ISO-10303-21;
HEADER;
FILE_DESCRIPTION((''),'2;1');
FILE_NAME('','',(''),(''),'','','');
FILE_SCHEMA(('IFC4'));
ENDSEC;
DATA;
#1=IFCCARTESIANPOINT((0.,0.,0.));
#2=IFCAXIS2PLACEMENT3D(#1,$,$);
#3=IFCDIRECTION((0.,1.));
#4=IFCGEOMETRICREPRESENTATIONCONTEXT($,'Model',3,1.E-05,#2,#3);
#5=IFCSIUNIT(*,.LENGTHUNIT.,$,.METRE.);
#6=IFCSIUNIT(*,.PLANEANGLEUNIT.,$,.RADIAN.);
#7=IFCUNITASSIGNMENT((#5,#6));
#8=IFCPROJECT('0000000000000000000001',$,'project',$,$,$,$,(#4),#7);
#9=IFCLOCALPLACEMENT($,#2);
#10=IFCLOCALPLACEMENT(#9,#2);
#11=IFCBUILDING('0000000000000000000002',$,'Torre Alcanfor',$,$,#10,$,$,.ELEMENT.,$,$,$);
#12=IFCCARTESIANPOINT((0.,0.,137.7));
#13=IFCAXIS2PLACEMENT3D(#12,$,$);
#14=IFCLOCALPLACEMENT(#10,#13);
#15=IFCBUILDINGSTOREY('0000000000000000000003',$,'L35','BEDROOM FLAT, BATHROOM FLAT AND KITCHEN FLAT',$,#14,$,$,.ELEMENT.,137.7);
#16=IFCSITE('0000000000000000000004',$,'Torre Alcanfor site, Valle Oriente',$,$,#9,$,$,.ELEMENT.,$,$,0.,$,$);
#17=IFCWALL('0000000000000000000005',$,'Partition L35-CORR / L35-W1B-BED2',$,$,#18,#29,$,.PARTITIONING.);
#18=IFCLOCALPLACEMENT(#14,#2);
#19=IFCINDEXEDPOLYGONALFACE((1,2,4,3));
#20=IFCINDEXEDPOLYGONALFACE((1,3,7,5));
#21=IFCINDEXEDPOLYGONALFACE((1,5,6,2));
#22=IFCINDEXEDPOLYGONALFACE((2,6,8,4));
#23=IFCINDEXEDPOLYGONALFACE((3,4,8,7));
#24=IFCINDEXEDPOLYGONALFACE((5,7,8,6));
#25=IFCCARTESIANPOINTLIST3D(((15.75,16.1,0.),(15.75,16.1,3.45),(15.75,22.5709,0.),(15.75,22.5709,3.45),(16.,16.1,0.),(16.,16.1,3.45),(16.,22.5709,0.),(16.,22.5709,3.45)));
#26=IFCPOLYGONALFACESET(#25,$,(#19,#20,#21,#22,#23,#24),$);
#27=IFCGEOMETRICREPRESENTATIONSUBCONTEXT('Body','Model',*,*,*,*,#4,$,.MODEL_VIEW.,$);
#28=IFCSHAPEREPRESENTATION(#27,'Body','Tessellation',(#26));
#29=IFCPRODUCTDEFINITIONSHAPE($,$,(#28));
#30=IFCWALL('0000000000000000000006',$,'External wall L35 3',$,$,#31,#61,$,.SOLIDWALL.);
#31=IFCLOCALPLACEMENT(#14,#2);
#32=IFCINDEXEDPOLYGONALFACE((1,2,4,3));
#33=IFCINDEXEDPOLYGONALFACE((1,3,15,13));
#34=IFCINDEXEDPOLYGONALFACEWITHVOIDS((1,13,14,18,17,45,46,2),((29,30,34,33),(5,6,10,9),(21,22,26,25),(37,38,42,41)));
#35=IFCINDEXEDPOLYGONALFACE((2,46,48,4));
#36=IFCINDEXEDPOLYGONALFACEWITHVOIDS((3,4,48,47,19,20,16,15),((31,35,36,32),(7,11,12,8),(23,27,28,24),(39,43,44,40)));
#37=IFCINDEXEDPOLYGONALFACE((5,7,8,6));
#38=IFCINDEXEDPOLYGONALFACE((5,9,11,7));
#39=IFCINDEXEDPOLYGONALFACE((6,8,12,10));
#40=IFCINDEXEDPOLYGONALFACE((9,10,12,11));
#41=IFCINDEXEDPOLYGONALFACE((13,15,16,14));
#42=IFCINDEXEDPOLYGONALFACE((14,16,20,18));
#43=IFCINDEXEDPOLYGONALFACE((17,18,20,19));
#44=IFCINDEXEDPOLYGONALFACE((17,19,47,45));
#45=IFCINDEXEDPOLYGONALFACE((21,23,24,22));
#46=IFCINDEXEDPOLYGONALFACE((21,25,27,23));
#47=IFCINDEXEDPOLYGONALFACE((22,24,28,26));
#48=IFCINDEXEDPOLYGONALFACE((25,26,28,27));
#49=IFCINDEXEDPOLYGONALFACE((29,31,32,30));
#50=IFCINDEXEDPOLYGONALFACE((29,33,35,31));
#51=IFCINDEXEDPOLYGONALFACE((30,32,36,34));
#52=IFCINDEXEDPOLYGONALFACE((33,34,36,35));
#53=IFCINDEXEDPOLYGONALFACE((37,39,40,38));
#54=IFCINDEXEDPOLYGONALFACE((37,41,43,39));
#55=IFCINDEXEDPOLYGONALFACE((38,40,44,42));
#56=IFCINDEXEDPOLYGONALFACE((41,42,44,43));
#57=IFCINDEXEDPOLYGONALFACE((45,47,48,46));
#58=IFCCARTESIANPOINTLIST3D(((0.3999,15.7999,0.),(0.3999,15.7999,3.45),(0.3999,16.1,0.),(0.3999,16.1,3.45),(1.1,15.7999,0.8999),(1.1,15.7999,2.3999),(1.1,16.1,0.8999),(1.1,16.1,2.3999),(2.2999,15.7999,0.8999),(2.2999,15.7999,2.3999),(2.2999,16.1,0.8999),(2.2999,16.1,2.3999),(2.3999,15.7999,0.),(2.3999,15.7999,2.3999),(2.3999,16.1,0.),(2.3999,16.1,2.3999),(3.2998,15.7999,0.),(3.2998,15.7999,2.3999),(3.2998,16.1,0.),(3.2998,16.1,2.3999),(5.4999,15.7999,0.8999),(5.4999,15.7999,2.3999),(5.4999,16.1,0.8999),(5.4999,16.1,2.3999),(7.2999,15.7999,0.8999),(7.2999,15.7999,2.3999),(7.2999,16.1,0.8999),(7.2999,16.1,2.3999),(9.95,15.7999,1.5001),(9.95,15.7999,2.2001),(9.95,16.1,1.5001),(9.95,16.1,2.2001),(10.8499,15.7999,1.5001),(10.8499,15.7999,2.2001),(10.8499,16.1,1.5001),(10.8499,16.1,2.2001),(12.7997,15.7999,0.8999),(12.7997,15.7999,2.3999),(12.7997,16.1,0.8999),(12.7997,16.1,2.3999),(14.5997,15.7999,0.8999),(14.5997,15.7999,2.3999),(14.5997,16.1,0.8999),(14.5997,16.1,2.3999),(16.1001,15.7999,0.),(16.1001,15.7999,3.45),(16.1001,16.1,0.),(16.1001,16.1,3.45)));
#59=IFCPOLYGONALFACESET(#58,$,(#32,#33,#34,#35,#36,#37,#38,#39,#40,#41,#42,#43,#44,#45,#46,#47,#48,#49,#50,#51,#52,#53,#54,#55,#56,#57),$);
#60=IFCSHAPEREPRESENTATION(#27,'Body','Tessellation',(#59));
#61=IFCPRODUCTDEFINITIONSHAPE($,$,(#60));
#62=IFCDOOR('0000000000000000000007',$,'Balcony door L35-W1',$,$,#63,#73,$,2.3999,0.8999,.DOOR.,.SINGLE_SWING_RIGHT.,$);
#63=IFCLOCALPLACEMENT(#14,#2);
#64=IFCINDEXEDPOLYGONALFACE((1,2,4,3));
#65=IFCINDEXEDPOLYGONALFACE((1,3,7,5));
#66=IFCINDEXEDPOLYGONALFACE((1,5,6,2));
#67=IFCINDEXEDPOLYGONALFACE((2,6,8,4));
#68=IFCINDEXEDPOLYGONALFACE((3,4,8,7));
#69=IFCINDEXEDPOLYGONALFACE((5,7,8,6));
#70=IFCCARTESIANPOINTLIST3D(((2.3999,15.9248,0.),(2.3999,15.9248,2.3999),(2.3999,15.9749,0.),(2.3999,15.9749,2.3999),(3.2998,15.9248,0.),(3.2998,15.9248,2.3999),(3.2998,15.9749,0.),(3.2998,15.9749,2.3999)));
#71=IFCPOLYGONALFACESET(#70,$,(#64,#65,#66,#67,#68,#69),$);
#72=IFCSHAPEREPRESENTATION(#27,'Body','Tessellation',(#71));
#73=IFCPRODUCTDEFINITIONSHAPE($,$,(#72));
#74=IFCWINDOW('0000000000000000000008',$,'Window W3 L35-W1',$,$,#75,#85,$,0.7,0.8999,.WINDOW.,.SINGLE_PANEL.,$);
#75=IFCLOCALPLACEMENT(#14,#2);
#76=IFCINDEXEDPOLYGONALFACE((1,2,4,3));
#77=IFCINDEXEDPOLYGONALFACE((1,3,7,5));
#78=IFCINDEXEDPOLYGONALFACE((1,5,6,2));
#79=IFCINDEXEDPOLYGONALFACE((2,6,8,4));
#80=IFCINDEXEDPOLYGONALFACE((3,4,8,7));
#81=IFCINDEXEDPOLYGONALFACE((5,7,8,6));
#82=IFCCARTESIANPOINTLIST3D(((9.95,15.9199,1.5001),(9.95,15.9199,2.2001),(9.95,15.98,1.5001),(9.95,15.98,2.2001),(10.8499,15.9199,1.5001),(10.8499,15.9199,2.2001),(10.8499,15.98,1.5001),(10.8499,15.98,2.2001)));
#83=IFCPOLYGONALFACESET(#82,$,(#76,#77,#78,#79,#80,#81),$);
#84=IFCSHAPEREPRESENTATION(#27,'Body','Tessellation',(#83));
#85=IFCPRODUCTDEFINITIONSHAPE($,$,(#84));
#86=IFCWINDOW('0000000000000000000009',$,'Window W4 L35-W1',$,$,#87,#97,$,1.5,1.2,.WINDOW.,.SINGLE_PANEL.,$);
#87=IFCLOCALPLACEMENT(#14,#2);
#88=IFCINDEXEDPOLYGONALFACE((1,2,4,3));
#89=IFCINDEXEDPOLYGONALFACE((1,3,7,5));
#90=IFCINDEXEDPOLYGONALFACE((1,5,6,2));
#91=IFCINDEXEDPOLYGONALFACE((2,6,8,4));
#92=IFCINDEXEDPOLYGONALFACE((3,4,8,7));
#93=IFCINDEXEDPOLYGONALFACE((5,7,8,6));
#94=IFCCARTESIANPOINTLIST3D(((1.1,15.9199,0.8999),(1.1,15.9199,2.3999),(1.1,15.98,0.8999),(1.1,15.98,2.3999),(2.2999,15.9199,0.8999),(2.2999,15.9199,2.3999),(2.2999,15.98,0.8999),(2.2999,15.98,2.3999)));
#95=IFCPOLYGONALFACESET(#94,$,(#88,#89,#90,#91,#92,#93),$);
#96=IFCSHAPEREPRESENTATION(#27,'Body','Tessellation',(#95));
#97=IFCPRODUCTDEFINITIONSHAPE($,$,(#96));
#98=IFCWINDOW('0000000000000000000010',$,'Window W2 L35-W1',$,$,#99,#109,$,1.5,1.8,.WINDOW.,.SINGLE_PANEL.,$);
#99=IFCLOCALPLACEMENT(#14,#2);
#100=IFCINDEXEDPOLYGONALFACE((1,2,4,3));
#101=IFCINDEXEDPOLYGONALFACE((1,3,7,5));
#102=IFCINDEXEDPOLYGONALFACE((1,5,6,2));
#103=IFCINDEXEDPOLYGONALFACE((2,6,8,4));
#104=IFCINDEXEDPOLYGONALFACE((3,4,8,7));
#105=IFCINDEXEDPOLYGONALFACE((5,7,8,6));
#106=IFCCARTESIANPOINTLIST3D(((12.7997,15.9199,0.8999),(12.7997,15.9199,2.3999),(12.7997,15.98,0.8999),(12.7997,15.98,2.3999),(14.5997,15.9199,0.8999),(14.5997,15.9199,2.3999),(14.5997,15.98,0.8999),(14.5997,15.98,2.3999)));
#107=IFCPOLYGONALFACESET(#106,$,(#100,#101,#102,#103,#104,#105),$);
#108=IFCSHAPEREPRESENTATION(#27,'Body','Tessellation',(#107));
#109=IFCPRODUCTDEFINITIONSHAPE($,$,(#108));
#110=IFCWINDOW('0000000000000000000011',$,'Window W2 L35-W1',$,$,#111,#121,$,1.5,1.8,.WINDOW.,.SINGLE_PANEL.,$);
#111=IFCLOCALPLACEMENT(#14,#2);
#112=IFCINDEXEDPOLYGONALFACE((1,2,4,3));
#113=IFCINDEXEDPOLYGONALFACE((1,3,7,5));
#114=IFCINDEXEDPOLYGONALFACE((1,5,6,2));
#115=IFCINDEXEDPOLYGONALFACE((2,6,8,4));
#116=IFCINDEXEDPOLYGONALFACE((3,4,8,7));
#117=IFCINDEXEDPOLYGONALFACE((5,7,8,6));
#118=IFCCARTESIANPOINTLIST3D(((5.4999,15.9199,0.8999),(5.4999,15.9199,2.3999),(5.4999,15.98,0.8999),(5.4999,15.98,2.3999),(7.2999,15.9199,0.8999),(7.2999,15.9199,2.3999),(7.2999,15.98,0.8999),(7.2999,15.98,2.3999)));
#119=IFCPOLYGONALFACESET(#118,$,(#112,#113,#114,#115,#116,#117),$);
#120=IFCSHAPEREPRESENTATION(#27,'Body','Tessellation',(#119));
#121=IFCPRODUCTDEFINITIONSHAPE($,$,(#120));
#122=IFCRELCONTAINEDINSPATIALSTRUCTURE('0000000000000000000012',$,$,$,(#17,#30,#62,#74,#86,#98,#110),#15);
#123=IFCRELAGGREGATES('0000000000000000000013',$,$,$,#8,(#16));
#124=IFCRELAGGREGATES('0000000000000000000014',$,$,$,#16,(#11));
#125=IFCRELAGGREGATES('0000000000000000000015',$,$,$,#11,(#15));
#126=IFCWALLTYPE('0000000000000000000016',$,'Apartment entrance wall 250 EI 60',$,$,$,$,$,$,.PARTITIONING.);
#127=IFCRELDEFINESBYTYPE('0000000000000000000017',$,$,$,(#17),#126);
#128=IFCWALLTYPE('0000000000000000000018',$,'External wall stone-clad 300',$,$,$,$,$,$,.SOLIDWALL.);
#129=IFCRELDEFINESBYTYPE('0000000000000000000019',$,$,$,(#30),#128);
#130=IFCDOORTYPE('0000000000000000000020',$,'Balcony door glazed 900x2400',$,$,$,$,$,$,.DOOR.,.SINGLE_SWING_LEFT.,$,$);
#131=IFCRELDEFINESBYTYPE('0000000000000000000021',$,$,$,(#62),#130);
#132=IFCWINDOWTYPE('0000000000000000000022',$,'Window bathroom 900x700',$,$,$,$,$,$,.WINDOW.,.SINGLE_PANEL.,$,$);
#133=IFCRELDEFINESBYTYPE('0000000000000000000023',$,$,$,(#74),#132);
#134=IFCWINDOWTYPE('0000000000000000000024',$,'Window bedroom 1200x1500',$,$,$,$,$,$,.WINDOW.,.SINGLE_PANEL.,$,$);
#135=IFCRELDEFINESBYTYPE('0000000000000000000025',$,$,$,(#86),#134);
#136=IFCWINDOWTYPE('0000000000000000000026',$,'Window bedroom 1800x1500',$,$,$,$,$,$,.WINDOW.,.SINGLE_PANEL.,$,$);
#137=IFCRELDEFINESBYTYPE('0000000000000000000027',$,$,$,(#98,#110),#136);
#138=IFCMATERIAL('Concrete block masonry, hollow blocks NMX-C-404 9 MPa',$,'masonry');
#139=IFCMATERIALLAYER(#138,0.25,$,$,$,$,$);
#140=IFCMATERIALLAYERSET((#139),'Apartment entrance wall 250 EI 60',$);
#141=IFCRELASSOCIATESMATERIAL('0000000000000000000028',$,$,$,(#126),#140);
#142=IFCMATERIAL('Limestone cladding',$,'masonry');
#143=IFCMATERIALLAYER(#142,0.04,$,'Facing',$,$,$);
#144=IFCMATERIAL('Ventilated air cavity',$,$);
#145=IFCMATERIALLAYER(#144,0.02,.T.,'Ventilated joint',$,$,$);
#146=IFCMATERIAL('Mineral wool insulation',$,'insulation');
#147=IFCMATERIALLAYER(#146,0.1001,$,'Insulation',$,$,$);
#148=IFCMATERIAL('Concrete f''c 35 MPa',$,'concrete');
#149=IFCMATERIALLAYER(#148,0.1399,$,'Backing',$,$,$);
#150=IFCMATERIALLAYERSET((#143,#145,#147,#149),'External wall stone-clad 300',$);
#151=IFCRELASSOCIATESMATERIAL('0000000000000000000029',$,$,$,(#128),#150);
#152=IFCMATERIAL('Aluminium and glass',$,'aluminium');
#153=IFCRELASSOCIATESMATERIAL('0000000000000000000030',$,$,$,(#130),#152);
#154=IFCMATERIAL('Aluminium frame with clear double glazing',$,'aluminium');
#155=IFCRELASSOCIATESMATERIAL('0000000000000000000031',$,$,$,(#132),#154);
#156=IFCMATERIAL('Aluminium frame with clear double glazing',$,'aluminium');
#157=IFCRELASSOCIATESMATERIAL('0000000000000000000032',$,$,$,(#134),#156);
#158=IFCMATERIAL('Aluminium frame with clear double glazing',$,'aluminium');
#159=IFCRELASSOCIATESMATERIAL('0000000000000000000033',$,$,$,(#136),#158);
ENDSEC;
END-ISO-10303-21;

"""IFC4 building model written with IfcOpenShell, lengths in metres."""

from ifc_helpers import new_model, si_unit, direction, frame, frame_2d, origin, place, context, subcontext, project, spatial, rectangle, extrude, material, layer, layer_set, type_object, element, fill, save


model = new_model("IFC4")

# Units and contexts
model_context = context("Model", 3, precision=1e-05, world=origin(), true_north=direction((0.0, 1.0)))
body_context = subcontext(model_context, "Body", "Model", "MODEL_VIEW")
ifc_project = project(units=[si_unit("LENGTHUNIT", "METRE"), si_unit("PLANEANGLEUNIT", "RADIAN")], contexts=[model_context])

# Site, building, storey
site_placement = place(None, origin())
site = spatial("IfcSite", under=ifc_project, at=site_placement, Name="Torre Alcanfor site, Valle Oriente", CompositionType="ELEMENT", RefElevation=0.0)
building_placement = place(site_placement, origin())
building = spatial("IfcBuilding", under=site, at=building_placement, Name="Torre Alcanfor", CompositionType="ELEMENT")
storey_placement = place(building_placement, frame((0.0, 0.0, 137.7)))
storey = spatial("IfcBuildingStorey", under=building, at=storey_placement, Name="L35", Description="BEDROOM FLAT, BATHROOM FLAT AND KITCHEN FLAT", CompositionType="ELEMENT", Elevation=137.7)

# Wall
ifc_material_1 = material(Name="Concrete block masonry, hollow blocks NMX-C-404 9 MPa", Category="masonry")
ifc_layer_1 = layer(ifc_material_1, 0.25)
ifc_layer_set_1 = layer_set([ifc_layer_1], Name="Apartment entrance wall 250 EI 60")
wall_type_1 = type_object("IfcWallType", Name="Apartment entrance wall 250 EI 60", PredefinedType="PARTITIONING", material=ifc_layer_set_1)
wall_1_placement = place(storey_placement, frame((15.875, 16.1001, 0.0), z_axis=(0.0, 0.0, 1.0), x_axis=(0.0, 1.0, 0.0)))
element("IfcWall", 1, at=wall_1_placement, inside=storey, type_object=wall_type_1, Name="Partition L35-CORR / L35-W1B-BED2", PredefinedType="PARTITIONING", context=body_context, shape_type="SweptSolid", body=[
    extrude(rectangle(XDim=6.4709, YDim=0.25, at=frame_2d((3.2354, 0.0))), origin(), (0.0, 0.0, 1.0), 3.45),
])

# Wall, openings, door, windows
ifc_material_2 = material(Name="Limestone cladding", Category="masonry")
ifc_layer_2 = layer(ifc_material_2, 0.04, Name="Facing")
ifc_material_3 = material(Name="Ventilated air cavity")
ifc_layer_3 = layer(ifc_material_3, 0.02, ventilated=True, Name="Ventilated joint")
ifc_material_4 = material(Name="Mineral wool insulation", Category="insulation")
ifc_layer_4 = layer(ifc_material_4, 0.1001, Name="Insulation")
ifc_material_5 = material(Name="Concrete f'c 35 MPa", Category="concrete")
ifc_layer_5 = layer(ifc_material_5, 0.1399, Name="Backing")
ifc_layer_set_2 = layer_set([ifc_layer_2, ifc_layer_3, ifc_layer_4, ifc_layer_5], Name="External wall stone-clad 300")
wall_type_2 = type_object("IfcWallType", Name="External wall stone-clad 300", PredefinedType="SOLIDWALL", material=ifc_layer_set_2)
wall_2_placement = place(storey_placement, frame((0.3999, 15.95, 0.0), z_axis=(0.0, 0.0, 1.0), x_axis=(1.0, 0.0, 0.0)))
wall_2 = element("IfcWall", 2, at=wall_2_placement, inside=storey, type_object=wall_type_2, Name="External wall L35 3", PredefinedType="SOLIDWALL", context=body_context, shape_type="SweptSolid", body=[
    extrude(rectangle(XDim=15.7002, YDim=0.3, at=frame_2d((7.8501, 0.0))), origin(), (0.0, 0.0, 1.0), 3.45),
])
opening_1_placement = place(wall_2_placement, frame((12.3999, 0.0, 0.8999)))
opening_1 = element("IfcOpeningElement", 3, at=opening_1_placement, cuts=wall_2, PredefinedType="OPENING", context=body_context, shape_type="SweptSolid", body=[
    extrude(rectangle(XDim=1.8, YDim=1.5, at=frame_2d((0.8999, 0.75))), frame((0.0, 0.1599, 0.0), z_axis=(0.0, -1.0, 0.0), x_axis=(1.0, 0.0, 0.0)), (0.0, 0.0, 1.0), 0.3201),
])
opening_2_placement = place(wall_2_placement, frame((9.55, 0.0, 1.5)))
opening_2 = element("IfcOpeningElement", 4, at=opening_2_placement, cuts=wall_2, PredefinedType="OPENING", context=body_context, shape_type="SweptSolid", body=[
    extrude(rectangle(XDim=0.8999, YDim=0.7, at=frame_2d((0.45, 0.3501))), frame((0.0, 0.1599, 0.0), z_axis=(0.0, -1.0, 0.0), x_axis=(1.0, 0.0, 0.0)), (0.0, 0.0, 1.0), 0.3201),
])
opening_3_placement = place(wall_2_placement, frame((5.1001, 0.0, 0.8999)))
opening_3 = element("IfcOpeningElement", 5, at=opening_3_placement, cuts=wall_2, PredefinedType="OPENING", context=body_context, shape_type="SweptSolid", body=[
    extrude(rectangle(XDim=1.8, YDim=1.5, at=frame_2d((0.8999, 0.75))), frame((0.0, 0.1599, 0.0), z_axis=(0.0, -1.0, 0.0), x_axis=(1.0, 0.0, 0.0)), (0.0, 0.0, 1.0), 0.3201),
])
opening_4_placement = place(wall_2_placement, frame((2.0, 0.0, 0.0)))
opening_4 = element("IfcOpeningElement", 6, at=opening_4_placement, cuts=wall_2, PredefinedType="OPENING", context=body_context, shape_type="SweptSolid", body=[
    extrude(rectangle(XDim=0.8999, YDim=2.3999, at=frame_2d((0.45, 1.2))), frame((0.0, 0.1599, 0.0), z_axis=(0.0, -1.0, 0.0), x_axis=(1.0, 0.0, 0.0)), (0.0, 0.0, 1.0), 0.3201),
])
opening_5_placement = place(wall_2_placement, frame((0.7, 0.0, 0.8999)))
opening_5 = element("IfcOpeningElement", 7, at=opening_5_placement, cuts=wall_2, PredefinedType="OPENING", context=body_context, shape_type="SweptSolid", body=[
    extrude(rectangle(XDim=1.2, YDim=1.5, at=frame_2d((0.6001, 0.75))), frame((0.0, 0.1599, 0.0), z_axis=(0.0, -1.0, 0.0), x_axis=(1.0, 0.0, 0.0)), (0.0, 0.0, 1.0), 0.3201),
])
ifc_material_6 = material(Name="Aluminium and glass", Category="aluminium")
door_type = type_object("IfcDoorType", Name="Balcony door glazed 900x2400", OperationType="SINGLE_SWING_LEFT", PredefinedType="DOOR", material=ifc_material_6)
door_placement = place(opening_4_placement, origin())
door = element("IfcDoor", 8, at=door_placement, inside=storey, type_object=door_type, Name="Balcony door L35-W1", OperationType="SINGLE_SWING_RIGHT", OverallHeight=2.3999, OverallWidth=0.8999, PredefinedType="DOOR", context=body_context, shape_type="SweptSolid", body=[
    extrude(rectangle(XDim=0.8999, YDim=2.3999, at=frame_2d((0.45, 1.2))), frame((0.0, 0.0249, 0.0), z_axis=(0.0, -1.0, 0.0), x_axis=(1.0, 0.0, 0.0)), (0.0, 0.0, 1.0), 0.05),
])
fill(opening_4, door)
ifc_material_7 = material(Name="Aluminium frame with clear double glazing", Category="aluminium")
window_type_1 = type_object("IfcWindowType", Name="Window bathroom 900x700", PartitioningType="SINGLE_PANEL", PredefinedType="WINDOW", material=ifc_material_7)
window_1_placement = place(opening_2_placement, origin())
window_1 = element("IfcWindow", 9, at=window_1_placement, inside=storey, type_object=window_type_1, Name="Window W3 L35-W1", OverallHeight=0.7, OverallWidth=0.8999, PartitioningType="SINGLE_PANEL", PredefinedType="WINDOW", context=body_context, shape_type="SweptSolid", body=[
    extrude(rectangle(XDim=0.8999, YDim=0.7, at=frame_2d((0.45, 0.3501))), frame((0.0, 0.03, 0.0), z_axis=(0.0, -1.0, 0.0), x_axis=(1.0, 0.0, 0.0)), (0.0, 0.0, 1.0), 0.0601),
])
fill(opening_2, window_1)
ifc_material_8 = material(Name="Aluminium frame with clear double glazing", Category="aluminium")
window_type_2 = type_object("IfcWindowType", Name="Window bedroom 1200x1500", PartitioningType="SINGLE_PANEL", PredefinedType="WINDOW", material=ifc_material_8)
window_2_placement = place(opening_5_placement, origin())
window_2 = element("IfcWindow", 10, at=window_2_placement, inside=storey, type_object=window_type_2, Name="Window W4 L35-W1", OverallHeight=1.5, OverallWidth=1.2, PartitioningType="SINGLE_PANEL", PredefinedType="WINDOW", context=body_context, shape_type="SweptSolid", body=[
    extrude(rectangle(XDim=1.2, YDim=1.5, at=frame_2d((0.6001, 0.75))), frame((0.0, 0.03, 0.0), z_axis=(0.0, -1.0, 0.0), x_axis=(1.0, 0.0, 0.0)), (0.0, 0.0, 1.0), 0.0601),
])
fill(opening_5, window_2)
ifc_material_9 = material(Name="Aluminium frame with clear double glazing", Category="aluminium")
window_type_3 = type_object("IfcWindowType", Name="Window bedroom 1800x1500", PartitioningType="SINGLE_PANEL", PredefinedType="WINDOW", material=ifc_material_9)
window_3_placement = place(opening_1_placement, origin())
window_3 = element("IfcWindow", 11, at=window_3_placement, inside=storey, type_object=window_type_3, Name="Window W2 L35-W1", OverallHeight=1.5, OverallWidth=1.8, PartitioningType="SINGLE_PANEL", PredefinedType="WINDOW", context=body_context, shape_type="SweptSolid", body=[
    extrude(rectangle(XDim=1.8, YDim=1.5, at=frame_2d((0.8999, 0.75))), frame((0.0, 0.03, 0.0), z_axis=(0.0, -1.0, 0.0), x_axis=(1.0, 0.0, 0.0)), (0.0, 0.0, 1.0), 0.0601),
])
fill(opening_1, window_3)
window_4_placement = place(opening_3_placement, origin())
window_4 = element("IfcWindow", 12, at=window_4_placement, inside=storey, type_object=window_type_3, Name="Window W2 L35-W1", OverallHeight=1.5, OverallWidth=1.8, PartitioningType="SINGLE_PANEL", PredefinedType="WINDOW", context=body_context, shape_type="SweptSolid", body=[
    extrude(rectangle(XDim=1.8, YDim=1.5, at=frame_2d((0.8999, 0.75))), frame((0.0, 0.03, 0.0), z_axis=(0.0, -1.0, 0.0), x_axis=(1.0, 0.0, 0.0)), (0.0, 0.0, 1.0), 0.0601),
])
fill(opening_3, window_4)

save(model, "model.ifc")
